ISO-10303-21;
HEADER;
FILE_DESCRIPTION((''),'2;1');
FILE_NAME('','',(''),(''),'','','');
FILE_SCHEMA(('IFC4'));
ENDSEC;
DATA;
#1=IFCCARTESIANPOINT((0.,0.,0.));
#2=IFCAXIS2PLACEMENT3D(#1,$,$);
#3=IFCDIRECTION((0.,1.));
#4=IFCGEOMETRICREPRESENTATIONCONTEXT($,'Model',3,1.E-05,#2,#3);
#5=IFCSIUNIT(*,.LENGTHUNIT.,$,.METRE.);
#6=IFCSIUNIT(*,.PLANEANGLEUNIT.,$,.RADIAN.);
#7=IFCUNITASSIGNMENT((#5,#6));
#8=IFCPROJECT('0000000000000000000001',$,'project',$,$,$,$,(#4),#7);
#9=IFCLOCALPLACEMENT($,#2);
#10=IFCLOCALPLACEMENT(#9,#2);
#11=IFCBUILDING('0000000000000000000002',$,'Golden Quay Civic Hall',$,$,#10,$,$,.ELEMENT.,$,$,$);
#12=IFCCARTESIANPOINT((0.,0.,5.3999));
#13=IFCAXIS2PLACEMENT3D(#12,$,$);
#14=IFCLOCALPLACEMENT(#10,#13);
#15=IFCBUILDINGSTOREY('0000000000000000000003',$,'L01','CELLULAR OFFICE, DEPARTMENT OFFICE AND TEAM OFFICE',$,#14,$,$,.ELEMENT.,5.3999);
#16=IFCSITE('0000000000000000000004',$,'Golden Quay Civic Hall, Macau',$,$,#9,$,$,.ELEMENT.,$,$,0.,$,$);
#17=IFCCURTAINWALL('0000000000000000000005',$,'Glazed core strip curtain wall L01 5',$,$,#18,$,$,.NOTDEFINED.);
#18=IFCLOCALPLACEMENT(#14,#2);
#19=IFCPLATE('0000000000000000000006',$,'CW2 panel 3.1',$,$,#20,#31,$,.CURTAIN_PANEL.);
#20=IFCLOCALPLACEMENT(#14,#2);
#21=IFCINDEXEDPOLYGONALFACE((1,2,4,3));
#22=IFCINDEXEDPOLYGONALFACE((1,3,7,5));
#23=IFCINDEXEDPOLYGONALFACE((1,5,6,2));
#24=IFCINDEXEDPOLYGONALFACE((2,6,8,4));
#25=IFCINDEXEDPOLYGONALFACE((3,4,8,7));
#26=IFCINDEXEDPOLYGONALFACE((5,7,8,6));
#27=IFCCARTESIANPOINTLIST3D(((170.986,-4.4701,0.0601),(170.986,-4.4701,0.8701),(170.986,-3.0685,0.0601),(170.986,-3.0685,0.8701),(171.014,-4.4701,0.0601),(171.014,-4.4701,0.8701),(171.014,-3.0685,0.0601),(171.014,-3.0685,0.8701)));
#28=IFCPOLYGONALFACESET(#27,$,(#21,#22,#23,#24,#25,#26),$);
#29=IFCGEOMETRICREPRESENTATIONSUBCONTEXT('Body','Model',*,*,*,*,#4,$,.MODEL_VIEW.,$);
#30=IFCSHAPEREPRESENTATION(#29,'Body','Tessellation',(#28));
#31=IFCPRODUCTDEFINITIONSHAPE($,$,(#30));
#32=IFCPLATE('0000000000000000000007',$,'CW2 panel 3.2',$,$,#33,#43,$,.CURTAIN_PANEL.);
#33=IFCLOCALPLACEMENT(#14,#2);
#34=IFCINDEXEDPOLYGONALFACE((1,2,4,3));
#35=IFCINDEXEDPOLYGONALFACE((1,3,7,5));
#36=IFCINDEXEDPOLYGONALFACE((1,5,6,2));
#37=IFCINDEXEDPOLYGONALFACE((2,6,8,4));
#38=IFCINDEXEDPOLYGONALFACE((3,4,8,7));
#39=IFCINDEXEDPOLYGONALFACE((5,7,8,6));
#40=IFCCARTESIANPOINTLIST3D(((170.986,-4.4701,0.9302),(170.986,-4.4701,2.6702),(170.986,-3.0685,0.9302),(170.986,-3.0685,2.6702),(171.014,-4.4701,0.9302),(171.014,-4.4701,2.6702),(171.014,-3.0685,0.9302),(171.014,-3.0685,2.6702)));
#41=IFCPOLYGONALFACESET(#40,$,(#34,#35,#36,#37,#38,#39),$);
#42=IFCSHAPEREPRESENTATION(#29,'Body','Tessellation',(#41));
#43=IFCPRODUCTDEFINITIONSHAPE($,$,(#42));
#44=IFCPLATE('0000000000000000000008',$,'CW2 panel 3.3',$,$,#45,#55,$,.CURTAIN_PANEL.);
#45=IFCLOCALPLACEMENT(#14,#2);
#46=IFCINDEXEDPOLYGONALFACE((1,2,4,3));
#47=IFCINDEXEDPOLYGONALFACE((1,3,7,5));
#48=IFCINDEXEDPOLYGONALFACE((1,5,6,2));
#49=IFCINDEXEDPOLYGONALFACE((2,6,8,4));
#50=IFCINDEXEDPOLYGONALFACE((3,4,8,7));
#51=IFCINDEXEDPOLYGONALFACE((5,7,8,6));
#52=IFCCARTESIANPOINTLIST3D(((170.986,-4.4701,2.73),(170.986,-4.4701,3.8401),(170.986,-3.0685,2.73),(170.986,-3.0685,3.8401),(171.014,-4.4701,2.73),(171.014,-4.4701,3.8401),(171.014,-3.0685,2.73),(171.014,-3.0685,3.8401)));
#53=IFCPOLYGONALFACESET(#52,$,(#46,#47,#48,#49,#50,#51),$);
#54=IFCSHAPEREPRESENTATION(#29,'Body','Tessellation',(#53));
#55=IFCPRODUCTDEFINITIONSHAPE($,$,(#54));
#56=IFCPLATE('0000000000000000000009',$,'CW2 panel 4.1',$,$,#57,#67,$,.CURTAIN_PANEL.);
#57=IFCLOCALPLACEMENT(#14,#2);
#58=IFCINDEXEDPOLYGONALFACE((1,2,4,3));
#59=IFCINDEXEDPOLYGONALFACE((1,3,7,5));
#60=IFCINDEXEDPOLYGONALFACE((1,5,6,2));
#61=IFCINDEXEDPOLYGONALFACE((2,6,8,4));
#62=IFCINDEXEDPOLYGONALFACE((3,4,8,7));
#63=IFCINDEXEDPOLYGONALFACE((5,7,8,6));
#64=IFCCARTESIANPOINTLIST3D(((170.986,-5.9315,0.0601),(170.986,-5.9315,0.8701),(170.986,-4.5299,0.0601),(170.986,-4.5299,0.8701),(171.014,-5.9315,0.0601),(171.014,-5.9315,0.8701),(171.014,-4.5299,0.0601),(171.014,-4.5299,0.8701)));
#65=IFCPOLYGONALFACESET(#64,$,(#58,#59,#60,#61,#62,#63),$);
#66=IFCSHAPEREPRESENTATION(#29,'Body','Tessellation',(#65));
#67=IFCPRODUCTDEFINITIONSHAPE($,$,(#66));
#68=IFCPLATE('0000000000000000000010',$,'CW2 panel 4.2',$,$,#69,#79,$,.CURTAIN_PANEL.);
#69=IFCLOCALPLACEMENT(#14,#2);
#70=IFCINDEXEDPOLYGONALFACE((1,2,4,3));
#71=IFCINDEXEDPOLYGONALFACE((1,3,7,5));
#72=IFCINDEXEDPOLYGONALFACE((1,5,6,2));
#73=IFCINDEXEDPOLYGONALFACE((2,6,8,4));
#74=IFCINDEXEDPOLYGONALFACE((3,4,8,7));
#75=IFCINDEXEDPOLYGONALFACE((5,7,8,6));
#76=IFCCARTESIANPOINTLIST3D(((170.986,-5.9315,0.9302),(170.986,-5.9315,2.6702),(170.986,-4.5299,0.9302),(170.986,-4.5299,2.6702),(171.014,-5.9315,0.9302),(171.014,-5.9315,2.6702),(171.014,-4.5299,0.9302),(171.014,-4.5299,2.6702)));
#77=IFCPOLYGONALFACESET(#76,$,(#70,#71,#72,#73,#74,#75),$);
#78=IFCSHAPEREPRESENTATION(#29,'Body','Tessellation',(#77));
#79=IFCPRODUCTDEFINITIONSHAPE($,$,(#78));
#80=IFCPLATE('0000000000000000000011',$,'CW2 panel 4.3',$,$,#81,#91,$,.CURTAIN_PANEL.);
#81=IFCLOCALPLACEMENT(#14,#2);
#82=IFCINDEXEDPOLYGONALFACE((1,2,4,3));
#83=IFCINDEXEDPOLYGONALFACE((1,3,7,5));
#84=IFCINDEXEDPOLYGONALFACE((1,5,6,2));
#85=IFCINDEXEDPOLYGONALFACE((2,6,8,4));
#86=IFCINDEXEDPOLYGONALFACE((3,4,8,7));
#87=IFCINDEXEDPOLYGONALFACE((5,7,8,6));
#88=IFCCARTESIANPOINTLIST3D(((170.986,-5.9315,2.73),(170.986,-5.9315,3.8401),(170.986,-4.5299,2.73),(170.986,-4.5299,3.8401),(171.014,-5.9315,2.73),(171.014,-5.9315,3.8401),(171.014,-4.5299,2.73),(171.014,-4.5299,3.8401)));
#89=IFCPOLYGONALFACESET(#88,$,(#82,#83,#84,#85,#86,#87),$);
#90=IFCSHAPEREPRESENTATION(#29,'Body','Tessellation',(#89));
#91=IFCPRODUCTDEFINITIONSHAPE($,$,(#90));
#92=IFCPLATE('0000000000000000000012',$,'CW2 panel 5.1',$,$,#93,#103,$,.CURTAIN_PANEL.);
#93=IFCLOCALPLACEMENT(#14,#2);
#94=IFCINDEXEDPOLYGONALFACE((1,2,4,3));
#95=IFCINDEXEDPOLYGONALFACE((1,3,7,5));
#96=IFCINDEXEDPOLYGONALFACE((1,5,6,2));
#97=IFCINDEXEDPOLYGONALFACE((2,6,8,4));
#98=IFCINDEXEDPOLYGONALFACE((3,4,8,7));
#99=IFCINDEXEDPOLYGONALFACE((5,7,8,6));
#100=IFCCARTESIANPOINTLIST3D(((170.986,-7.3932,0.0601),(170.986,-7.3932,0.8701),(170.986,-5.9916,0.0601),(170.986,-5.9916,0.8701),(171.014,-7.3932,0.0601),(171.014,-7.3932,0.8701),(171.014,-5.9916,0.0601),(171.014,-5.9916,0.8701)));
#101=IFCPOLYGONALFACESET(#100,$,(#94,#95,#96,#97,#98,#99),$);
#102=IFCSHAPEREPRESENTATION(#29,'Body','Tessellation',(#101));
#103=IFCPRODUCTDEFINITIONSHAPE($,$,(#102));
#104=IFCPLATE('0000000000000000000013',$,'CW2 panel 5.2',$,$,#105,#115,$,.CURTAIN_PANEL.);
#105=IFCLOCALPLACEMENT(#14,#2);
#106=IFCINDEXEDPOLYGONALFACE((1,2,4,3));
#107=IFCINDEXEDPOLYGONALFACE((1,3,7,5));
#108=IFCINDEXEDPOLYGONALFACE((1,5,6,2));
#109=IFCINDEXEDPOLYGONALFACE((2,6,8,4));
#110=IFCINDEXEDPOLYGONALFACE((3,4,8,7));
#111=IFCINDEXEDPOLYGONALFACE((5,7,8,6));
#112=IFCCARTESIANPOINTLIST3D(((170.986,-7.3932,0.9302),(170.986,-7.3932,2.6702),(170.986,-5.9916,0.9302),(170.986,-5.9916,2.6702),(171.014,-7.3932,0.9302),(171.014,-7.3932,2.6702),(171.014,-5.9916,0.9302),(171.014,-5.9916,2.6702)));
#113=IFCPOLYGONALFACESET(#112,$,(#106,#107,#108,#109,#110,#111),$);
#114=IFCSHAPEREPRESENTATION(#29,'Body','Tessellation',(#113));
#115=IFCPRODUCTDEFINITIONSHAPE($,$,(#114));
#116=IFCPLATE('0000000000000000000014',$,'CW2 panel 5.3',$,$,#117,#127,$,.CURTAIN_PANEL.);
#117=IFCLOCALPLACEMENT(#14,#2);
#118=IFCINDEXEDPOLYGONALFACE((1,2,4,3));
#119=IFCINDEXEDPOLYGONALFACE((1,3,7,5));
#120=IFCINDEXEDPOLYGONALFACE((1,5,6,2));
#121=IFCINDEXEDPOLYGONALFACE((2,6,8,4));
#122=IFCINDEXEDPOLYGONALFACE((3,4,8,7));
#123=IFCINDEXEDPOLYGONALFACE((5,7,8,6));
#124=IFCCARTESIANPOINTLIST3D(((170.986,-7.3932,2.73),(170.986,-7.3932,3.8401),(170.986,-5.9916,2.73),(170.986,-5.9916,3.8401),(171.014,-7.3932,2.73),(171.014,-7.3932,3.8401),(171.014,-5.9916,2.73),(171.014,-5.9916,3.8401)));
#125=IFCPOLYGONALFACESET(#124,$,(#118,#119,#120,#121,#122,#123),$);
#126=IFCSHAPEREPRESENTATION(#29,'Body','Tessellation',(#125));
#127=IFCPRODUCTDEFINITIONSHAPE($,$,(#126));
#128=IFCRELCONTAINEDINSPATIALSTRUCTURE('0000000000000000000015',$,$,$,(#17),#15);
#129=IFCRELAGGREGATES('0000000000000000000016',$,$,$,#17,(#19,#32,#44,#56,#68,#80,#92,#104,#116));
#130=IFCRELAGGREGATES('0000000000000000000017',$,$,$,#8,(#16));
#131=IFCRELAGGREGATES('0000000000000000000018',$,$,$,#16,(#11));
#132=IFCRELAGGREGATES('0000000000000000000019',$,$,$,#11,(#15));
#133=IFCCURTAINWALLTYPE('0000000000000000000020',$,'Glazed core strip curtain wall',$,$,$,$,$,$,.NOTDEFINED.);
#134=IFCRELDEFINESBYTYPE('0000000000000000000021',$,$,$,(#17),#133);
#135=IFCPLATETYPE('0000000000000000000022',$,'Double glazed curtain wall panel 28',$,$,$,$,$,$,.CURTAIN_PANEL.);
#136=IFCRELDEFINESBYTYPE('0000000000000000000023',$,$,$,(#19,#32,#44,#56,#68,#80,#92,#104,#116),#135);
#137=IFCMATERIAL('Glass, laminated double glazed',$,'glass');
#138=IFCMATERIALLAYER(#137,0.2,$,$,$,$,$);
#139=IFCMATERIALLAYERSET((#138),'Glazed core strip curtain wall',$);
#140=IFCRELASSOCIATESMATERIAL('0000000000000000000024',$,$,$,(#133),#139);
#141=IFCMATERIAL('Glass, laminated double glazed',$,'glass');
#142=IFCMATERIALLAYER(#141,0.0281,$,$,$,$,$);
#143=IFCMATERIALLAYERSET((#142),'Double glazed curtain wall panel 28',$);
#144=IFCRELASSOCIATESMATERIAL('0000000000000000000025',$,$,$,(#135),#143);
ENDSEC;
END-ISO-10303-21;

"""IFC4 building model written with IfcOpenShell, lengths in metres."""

from ifc_helpers import new_model, si_unit, direction, frame, origin, origin_2d, place, context, subcontext, project, spatial, rectangle, extrude, material, layer, layer_set, type_object, element, aggregate, save


model = new_model("IFC4")

# Units and contexts
model_context = context("Model", 3, precision=1e-05, world=origin(), true_north=direction((0.0, 1.0)))
body_context = subcontext(model_context, "Body", "Model", "MODEL_VIEW")
ifc_project = project(units=[si_unit("LENGTHUNIT", "METRE"), si_unit("PLANEANGLEUNIT", "RADIAN")], contexts=[model_context])

# Site, building, storey
site_placement = place(None, origin())
site = spatial("IfcSite", under=ifc_project, at=site_placement, Name="Golden Quay Civic Hall, Macau", CompositionType="ELEMENT", RefElevation=0.0)
building_placement = place(site_placement, origin())
building = spatial("IfcBuilding", under=site, at=building_placement, Name="Golden Quay Civic Hall", CompositionType="ELEMENT")
storey_placement = place(building_placement, frame((0.0, 0.0, 5.3999)))
storey = spatial("IfcBuildingStorey", under=building, at=storey_placement, Name="L01", Description="CELLULAR OFFICE, DEPARTMENT OFFICE AND TEAM OFFICE", CompositionType="ELEMENT", Elevation=5.3999)

# Curtain wall, plates
ifc_material_1 = material(Name="Glass, laminated double glazed", Category="glass")
ifc_layer_1 = layer(ifc_material_1, 0.2)
ifc_layer_set_1 = layer_set([ifc_layer_1], Name="Glazed core strip curtain wall")
curtain_wall_type = type_object("IfcCurtainWallType", Name="Glazed core strip curtain wall", PredefinedType="NOTDEFINED", material=ifc_layer_set_1)
curtain_wall_placement = place(storey_placement, origin())
curtain_wall = element("IfcCurtainWall", 1, at=curtain_wall_placement, inside=storey, type_object=curtain_wall_type, Name="Glazed core strip curtain wall L01 5", PredefinedType="NOTDEFINED")
ifc_material_2 = material(Name="Glass, laminated double glazed", Category="glass")
ifc_layer_2 = layer(ifc_material_2, 0.0281)
ifc_layer_set_2 = layer_set([ifc_layer_2], Name="Double glazed curtain wall panel 28")
plate_type = type_object("IfcPlateType", Name="Double glazed curtain wall panel 28", PredefinedType="CURTAIN_PANEL", material=ifc_layer_set_2)
plate_1_placement = place(storey_placement, frame((171.0, -3.7693, 0.0601), z_axis=(0.0, 0.0, 1.0), x_axis=(0.0, -1.0, 0.0)))
plate_1 = element("IfcPlate", 2, at=plate_1_placement, type_object=plate_type, Name="CW2 panel 3.1", PredefinedType="CURTAIN_PANEL", context=body_context, shape_type="SweptSolid", body=[
    extrude(rectangle(XDim=1.4016, YDim=0.0281, at=origin_2d()), origin(), (0.0, 0.0, 1.0), 0.8101),
])
plate_2_placement = place(storey_placement, frame((171.0, -3.7693, 0.9302), z_axis=(0.0, 0.0, 1.0), x_axis=(0.0, -1.0, 0.0)))
plate_2 = element("IfcPlate", 3, at=plate_2_placement, type_object=plate_type, Name="CW2 panel 3.2", PredefinedType="CURTAIN_PANEL", context=body_context, shape_type="SweptSolid", body=[
    extrude(rectangle(XDim=1.4016, YDim=0.0281, at=origin_2d()), origin(), (0.0, 0.0, 1.0), 1.74),
])
plate_3_placement = place(storey_placement, frame((171.0, -3.7693, 2.73), z_axis=(0.0, 0.0, 1.0), x_axis=(0.0, -1.0, 0.0)))
plate_3 = element("IfcPlate", 4, at=plate_3_placement, type_object=plate_type, Name="CW2 panel 3.3", PredefinedType="CURTAIN_PANEL", context=body_context, shape_type="SweptSolid", body=[
    extrude(rectangle(XDim=1.4016, YDim=0.0281, at=origin_2d()), origin(), (0.0, 0.0, 1.0), 1.1101),
])
plate_4_placement = place(storey_placement, frame((171.0, -5.2307, 0.0601), z_axis=(0.0, 0.0, 1.0), x_axis=(0.0, -1.0, 0.0)))
plate_4 = element("IfcPlate", 5, at=plate_4_placement, type_object=plate_type, Name="CW2 panel 4.1", PredefinedType="CURTAIN_PANEL", context=body_context, shape_type="SweptSolid", body=[
    extrude(rectangle(XDim=1.4016, YDim=0.0281, at=origin_2d()), origin(), (0.0, 0.0, 1.0), 0.8101),
])
plate_5_placement = place(storey_placement, frame((171.0, -5.2307, 0.9302), z_axis=(0.0, 0.0, 1.0), x_axis=(0.0, -1.0, 0.0)))
plate_5 = element("IfcPlate", 6, at=plate_5_placement, type_object=plate_type, Name="CW2 panel 4.2", PredefinedType="CURTAIN_PANEL", context=body_context, shape_type="SweptSolid", body=[
    extrude(rectangle(XDim=1.4016, YDim=0.0281, at=origin_2d()), origin(), (0.0, 0.0, 1.0), 1.74),
])
plate_6_placement = place(storey_placement, frame((171.0, -5.2307, 2.73), z_axis=(0.0, 0.0, 1.0), x_axis=(0.0, -1.0, 0.0)))
plate_6 = element("IfcPlate", 7, at=plate_6_placement, type_object=plate_type, Name="CW2 panel 4.3", PredefinedType="CURTAIN_PANEL", context=body_context, shape_type="SweptSolid", body=[
    extrude(rectangle(XDim=1.4016, YDim=0.0281, at=origin_2d()), origin(), (0.0, 0.0, 1.0), 1.1101),
])
plate_7_placement = place(storey_placement, frame((171.0, -6.6924, 0.0601), z_axis=(0.0, 0.0, 1.0), x_axis=(0.0, -1.0, 0.0)))
plate_7 = element("IfcPlate", 8, at=plate_7_placement, type_object=plate_type, Name="CW2 panel 5.1", PredefinedType="CURTAIN_PANEL", context=body_context, shape_type="SweptSolid", body=[
    extrude(rectangle(XDim=1.4016, YDim=0.0281, at=origin_2d()), origin(), (0.0, 0.0, 1.0), 0.8101),
])
plate_8_placement = place(storey_placement, frame((171.0, -6.6924, 0.9302), z_axis=(0.0, 0.0, 1.0), x_axis=(0.0, -1.0, 0.0)))
plate_8 = element("IfcPlate", 9, at=plate_8_placement, type_object=plate_type, Name="CW2 panel 5.2", PredefinedType="CURTAIN_PANEL", context=body_context, shape_type="SweptSolid", body=[
    extrude(rectangle(XDim=1.4016, YDim=0.0281, at=origin_2d()), origin(), (0.0, 0.0, 1.0), 1.74),
])
plate_9_placement = place(storey_placement, frame((171.0, -6.6924, 2.73), z_axis=(0.0, 0.0, 1.0), x_axis=(0.0, -1.0, 0.0)))
plate_9 = element("IfcPlate", 10, at=plate_9_placement, type_object=plate_type, Name="CW2 panel 5.3", PredefinedType="CURTAIN_PANEL", context=body_context, shape_type="SweptSolid", body=[
    extrude(rectangle(XDim=1.4016, YDim=0.0281, at=origin_2d()), origin(), (0.0, 0.0, 1.0), 1.1101),
])
aggregate(curtain_wall, [plate_1, plate_2, plate_3, plate_4, plate_5, plate_6, plate_7, plate_8, plate_9])

save(model, "model.ifc")
